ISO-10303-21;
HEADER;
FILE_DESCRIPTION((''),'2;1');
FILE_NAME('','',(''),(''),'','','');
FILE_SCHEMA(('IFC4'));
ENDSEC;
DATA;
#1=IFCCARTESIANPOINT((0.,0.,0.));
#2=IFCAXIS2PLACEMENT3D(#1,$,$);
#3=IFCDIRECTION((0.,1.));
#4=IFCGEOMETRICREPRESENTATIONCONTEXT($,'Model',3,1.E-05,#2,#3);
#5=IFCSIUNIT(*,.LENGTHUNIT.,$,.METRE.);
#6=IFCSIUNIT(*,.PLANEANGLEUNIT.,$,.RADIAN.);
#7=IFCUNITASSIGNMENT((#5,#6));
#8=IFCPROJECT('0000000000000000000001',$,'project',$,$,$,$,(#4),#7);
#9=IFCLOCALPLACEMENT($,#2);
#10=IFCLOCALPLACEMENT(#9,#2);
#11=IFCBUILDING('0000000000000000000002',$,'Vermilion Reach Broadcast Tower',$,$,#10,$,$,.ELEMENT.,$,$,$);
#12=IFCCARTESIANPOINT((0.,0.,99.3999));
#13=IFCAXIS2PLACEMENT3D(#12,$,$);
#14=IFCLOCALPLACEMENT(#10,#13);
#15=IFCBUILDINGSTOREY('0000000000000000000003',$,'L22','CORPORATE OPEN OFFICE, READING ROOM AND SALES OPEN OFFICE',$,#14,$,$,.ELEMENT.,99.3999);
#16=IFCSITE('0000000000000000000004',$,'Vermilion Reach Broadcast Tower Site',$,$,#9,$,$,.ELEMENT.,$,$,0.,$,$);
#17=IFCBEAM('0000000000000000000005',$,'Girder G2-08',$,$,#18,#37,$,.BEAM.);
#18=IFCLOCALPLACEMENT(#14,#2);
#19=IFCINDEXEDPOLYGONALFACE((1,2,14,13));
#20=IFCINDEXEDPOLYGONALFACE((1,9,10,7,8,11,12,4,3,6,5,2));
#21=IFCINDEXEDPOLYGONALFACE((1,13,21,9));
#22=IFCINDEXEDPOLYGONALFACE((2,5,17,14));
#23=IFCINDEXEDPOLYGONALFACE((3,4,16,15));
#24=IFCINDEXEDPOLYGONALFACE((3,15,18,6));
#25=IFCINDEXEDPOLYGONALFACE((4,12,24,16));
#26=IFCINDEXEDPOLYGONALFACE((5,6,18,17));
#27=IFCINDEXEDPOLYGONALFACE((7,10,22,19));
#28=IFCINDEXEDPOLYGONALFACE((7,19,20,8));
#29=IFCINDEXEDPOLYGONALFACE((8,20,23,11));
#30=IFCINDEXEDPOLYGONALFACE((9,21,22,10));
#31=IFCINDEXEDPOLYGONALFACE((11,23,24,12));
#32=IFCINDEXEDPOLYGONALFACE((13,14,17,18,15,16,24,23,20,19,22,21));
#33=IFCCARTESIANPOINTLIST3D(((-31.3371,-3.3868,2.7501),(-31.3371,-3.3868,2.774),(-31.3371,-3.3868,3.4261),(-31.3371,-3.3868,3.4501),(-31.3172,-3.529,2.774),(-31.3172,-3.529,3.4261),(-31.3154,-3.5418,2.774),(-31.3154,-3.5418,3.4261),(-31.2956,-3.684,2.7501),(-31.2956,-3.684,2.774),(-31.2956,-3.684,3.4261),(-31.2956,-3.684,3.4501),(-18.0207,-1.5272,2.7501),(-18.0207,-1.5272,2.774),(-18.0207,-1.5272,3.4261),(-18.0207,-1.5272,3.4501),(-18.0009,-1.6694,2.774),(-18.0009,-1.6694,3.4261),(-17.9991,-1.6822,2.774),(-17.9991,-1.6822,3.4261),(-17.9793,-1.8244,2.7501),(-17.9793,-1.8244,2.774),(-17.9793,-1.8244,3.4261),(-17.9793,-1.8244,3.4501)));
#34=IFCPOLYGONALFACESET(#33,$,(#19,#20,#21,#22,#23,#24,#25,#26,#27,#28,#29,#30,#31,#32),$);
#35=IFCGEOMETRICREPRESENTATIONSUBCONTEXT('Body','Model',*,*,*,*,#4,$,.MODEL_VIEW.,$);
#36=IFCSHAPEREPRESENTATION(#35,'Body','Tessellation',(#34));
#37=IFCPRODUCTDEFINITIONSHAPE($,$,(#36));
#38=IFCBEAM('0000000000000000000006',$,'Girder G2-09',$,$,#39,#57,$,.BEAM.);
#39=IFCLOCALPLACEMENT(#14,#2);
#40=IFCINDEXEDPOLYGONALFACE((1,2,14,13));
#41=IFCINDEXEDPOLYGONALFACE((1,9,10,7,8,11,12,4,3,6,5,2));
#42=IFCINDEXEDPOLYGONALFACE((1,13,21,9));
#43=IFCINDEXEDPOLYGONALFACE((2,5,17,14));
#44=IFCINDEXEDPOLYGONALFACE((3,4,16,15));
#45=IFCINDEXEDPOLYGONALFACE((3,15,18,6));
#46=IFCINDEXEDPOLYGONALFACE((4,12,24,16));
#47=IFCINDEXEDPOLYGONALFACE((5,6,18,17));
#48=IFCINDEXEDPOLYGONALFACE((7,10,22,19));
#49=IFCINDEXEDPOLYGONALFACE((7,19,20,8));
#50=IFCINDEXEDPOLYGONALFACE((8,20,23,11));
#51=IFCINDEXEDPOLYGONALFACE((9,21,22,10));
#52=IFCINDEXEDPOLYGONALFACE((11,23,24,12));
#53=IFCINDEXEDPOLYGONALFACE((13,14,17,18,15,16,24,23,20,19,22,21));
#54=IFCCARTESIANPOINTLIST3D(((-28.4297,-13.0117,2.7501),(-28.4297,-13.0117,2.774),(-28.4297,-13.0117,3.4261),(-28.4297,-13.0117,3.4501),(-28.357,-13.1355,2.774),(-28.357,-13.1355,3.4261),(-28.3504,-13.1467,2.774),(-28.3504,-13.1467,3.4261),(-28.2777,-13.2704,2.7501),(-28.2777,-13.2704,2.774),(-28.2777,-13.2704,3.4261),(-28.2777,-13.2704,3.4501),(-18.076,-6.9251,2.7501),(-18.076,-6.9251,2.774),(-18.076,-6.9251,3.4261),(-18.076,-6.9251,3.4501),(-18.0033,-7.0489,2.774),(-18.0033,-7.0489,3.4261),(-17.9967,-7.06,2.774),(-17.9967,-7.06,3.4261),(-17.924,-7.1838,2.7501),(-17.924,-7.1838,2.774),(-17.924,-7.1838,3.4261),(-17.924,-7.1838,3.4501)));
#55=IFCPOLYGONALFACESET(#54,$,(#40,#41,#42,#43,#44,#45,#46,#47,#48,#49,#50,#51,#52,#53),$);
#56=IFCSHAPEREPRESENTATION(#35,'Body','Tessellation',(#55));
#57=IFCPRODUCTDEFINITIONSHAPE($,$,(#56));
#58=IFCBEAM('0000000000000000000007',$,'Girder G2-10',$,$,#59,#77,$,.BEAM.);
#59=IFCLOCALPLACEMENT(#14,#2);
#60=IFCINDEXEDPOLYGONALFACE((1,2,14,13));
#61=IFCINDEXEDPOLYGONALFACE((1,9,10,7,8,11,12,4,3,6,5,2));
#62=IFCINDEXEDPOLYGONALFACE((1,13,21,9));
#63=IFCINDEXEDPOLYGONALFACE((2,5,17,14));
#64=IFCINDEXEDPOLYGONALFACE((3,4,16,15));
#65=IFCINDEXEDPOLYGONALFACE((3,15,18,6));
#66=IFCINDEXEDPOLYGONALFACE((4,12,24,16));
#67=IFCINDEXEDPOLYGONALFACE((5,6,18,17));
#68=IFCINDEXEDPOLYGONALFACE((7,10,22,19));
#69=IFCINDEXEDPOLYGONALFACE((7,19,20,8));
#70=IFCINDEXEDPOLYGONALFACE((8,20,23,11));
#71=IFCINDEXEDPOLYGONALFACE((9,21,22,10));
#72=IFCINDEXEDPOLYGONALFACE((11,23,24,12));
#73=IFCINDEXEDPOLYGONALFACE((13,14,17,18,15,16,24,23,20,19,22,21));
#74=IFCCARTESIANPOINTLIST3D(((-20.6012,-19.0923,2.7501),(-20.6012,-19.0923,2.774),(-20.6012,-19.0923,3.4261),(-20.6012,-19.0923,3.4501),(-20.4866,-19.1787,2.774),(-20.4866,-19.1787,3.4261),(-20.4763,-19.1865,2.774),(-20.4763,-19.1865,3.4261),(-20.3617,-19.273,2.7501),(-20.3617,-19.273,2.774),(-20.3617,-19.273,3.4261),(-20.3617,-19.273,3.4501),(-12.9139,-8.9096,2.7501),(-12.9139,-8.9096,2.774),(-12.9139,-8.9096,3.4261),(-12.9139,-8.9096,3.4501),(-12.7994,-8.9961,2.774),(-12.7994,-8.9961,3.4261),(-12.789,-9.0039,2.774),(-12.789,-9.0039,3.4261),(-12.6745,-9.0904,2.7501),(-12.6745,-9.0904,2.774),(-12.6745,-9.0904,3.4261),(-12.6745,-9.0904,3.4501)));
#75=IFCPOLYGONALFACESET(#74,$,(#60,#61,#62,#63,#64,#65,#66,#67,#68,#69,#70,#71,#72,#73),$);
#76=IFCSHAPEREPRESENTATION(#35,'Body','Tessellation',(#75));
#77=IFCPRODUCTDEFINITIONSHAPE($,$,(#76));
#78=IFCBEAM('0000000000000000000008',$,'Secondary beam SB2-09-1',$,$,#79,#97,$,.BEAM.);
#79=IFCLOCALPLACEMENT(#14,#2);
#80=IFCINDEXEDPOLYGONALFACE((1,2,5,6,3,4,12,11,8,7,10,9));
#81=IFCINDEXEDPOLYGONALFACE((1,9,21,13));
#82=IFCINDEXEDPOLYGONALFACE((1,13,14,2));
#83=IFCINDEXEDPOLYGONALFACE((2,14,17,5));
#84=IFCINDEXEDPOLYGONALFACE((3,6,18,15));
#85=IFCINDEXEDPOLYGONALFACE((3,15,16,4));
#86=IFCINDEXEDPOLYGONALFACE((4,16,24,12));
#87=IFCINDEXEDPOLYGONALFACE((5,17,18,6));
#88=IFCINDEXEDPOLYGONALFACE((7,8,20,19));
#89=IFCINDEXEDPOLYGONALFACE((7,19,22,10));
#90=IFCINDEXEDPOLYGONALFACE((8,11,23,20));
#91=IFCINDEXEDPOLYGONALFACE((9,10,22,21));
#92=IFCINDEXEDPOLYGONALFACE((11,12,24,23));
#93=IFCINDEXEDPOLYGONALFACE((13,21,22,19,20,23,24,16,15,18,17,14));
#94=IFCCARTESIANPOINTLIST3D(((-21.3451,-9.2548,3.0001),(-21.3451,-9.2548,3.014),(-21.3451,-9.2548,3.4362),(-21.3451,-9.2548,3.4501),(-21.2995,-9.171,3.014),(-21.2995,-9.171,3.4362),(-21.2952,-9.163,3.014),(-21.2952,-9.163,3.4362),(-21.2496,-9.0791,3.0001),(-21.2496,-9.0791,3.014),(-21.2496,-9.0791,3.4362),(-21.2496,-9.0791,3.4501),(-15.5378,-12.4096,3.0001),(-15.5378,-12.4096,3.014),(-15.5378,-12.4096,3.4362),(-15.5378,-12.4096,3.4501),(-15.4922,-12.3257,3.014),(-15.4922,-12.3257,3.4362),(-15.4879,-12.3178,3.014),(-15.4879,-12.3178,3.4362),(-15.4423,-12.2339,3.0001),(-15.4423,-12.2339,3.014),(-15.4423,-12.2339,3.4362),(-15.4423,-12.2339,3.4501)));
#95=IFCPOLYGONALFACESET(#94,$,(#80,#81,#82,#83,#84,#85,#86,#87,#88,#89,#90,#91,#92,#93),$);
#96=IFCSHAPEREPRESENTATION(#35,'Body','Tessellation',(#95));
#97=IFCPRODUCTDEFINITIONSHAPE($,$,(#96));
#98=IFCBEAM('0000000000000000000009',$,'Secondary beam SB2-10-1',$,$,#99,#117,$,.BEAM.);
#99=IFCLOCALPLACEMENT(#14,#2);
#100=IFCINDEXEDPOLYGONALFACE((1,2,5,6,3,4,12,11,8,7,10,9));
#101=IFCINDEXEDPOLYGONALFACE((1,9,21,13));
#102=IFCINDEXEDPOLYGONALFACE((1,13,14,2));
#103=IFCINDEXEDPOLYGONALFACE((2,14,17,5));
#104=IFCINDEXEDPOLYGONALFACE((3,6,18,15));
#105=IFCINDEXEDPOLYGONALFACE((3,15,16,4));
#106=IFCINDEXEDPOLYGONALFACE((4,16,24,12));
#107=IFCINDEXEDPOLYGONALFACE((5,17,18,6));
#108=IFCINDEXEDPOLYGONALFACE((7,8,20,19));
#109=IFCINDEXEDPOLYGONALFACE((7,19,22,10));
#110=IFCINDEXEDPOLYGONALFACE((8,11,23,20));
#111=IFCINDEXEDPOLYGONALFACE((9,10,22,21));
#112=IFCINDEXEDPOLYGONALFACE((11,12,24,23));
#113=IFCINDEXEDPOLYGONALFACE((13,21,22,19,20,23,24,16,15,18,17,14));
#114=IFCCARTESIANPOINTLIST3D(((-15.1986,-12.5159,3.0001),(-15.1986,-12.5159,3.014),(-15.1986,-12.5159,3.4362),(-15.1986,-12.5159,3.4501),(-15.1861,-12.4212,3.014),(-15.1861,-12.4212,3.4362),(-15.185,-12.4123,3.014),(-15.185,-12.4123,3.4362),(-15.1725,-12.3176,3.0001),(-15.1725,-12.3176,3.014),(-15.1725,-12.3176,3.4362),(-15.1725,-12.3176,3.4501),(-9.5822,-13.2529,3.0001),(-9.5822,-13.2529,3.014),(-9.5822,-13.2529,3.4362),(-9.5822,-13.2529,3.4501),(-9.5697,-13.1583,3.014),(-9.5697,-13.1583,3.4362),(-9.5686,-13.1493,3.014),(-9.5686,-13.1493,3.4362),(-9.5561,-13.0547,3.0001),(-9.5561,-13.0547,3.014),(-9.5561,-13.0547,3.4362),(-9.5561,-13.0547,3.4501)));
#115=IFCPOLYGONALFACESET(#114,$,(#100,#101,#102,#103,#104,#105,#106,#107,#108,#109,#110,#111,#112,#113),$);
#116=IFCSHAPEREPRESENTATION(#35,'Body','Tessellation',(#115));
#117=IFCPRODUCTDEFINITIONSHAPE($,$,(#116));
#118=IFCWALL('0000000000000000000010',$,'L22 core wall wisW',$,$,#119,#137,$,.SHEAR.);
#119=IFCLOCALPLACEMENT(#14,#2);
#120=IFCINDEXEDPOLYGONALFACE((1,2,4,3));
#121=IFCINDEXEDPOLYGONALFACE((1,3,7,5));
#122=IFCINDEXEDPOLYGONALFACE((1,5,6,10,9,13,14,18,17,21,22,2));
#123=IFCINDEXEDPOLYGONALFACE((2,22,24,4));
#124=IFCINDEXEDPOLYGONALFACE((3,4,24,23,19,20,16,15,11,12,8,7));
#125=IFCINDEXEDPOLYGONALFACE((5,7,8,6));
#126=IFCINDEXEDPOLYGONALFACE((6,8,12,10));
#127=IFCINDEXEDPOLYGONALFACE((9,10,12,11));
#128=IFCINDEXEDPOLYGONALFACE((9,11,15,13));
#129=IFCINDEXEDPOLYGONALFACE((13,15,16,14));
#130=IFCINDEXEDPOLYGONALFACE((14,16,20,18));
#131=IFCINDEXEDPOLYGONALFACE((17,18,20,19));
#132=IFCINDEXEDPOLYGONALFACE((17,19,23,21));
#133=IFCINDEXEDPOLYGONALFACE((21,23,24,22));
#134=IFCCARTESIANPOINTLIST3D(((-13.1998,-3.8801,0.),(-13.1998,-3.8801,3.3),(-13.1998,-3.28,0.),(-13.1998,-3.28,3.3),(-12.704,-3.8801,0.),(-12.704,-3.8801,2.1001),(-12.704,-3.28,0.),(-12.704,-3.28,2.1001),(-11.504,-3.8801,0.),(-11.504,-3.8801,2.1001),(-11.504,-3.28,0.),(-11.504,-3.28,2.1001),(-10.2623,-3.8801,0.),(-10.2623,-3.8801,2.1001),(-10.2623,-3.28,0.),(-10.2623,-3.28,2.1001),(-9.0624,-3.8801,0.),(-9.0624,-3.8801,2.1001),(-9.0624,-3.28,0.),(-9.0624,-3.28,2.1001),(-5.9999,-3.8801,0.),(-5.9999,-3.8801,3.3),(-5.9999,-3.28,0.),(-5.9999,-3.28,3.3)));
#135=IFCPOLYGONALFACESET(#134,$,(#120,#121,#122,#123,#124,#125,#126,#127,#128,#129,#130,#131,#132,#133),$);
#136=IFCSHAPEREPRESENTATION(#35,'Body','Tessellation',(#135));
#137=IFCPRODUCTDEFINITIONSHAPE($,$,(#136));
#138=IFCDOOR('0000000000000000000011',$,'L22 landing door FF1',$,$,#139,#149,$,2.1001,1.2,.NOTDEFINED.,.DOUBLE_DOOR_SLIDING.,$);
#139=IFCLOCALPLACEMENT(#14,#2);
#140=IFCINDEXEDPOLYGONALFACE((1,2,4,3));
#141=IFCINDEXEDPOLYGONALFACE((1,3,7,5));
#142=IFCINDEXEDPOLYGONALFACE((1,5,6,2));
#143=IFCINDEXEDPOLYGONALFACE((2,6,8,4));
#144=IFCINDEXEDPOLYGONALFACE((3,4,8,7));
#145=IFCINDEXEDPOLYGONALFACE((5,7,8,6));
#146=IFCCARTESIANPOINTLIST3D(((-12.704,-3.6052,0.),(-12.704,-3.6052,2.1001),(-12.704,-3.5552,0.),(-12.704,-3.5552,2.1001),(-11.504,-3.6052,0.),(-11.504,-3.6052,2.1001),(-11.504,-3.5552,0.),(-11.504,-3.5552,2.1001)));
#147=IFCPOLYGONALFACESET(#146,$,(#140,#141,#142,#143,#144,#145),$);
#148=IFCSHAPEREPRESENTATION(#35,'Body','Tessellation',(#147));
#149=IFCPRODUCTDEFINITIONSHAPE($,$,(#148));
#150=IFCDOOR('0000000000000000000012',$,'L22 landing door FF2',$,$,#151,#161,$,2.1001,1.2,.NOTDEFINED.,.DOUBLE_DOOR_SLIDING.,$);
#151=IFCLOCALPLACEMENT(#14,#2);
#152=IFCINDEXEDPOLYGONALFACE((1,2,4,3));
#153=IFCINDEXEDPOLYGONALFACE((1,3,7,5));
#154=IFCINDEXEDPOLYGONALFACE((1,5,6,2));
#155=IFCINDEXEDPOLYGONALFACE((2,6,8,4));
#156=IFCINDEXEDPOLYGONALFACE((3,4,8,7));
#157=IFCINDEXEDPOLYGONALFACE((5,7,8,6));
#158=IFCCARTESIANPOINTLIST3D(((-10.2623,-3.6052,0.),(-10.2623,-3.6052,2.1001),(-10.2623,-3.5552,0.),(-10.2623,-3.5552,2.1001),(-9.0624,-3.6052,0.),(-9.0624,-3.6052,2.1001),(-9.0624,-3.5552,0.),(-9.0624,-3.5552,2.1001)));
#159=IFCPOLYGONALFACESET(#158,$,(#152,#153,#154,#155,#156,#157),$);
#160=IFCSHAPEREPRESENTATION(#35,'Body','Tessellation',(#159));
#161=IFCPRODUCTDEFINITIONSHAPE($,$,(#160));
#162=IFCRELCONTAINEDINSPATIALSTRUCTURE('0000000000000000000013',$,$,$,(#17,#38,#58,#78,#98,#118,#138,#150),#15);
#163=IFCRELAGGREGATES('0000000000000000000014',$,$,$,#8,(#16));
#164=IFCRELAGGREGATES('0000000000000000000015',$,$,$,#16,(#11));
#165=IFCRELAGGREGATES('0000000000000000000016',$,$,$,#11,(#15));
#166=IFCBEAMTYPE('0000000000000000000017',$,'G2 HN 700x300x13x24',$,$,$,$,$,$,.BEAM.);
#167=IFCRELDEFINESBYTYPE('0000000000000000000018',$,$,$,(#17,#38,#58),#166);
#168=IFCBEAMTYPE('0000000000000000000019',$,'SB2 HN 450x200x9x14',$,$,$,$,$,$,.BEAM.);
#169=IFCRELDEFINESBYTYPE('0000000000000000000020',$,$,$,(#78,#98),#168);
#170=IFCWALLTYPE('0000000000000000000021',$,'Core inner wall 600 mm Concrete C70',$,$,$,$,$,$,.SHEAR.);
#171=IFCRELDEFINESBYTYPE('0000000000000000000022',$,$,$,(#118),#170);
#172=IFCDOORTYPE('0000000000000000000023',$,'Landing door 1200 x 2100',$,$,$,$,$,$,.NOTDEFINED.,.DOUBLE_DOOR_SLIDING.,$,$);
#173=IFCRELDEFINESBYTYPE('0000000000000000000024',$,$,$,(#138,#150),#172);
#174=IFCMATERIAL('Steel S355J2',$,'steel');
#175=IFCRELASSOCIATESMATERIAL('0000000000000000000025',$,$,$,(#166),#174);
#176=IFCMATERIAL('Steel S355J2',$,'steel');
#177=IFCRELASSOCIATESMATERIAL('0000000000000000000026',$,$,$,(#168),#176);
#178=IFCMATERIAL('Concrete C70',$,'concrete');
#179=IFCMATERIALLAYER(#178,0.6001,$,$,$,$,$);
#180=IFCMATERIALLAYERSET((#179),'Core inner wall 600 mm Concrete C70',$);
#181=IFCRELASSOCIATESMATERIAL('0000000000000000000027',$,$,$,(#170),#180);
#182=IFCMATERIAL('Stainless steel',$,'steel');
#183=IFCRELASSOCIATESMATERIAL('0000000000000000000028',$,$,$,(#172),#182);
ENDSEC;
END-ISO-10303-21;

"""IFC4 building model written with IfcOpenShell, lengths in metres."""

from ifc_helpers import new_model, si_unit, direction, frame, frame_2d, origin, origin_2d, place, context, subcontext, project, spatial, rectangle, i_section, extrude, material, layer, layer_set, material_profile, profile_set, type_object, element, fill, save


model = new_model("IFC4")

# Units and contexts
model_context = context("Model", 3, precision=1e-05, world=origin(), true_north=direction((0.0, 1.0)))
body_context = subcontext(model_context, "Body", "Model", "MODEL_VIEW")
ifc_project = project(units=[si_unit("LENGTHUNIT", "METRE"), si_unit("PLANEANGLEUNIT", "RADIAN")], contexts=[model_context])

# Site, building, storey
site_placement = place(None, origin())
site = spatial("IfcSite", under=ifc_project, at=site_placement, Name="Vermilion Reach Broadcast Tower Site", CompositionType="ELEMENT", RefElevation=0.0)
building_placement = place(site_placement, origin())
building = spatial("IfcBuilding", under=site, at=building_placement, Name="Vermilion Reach Broadcast Tower", CompositionType="ELEMENT")
storey_placement = place(building_placement, frame((0.0, 0.0, 99.3999)))
storey = spatial("IfcBuildingStorey", under=building, at=storey_placement, Name="L22", Description="CORPORATE OPEN OFFICE, READING ROOM AND SALES OPEN OFFICE", CompositionType="ELEMENT", Elevation=99.3999)

# Beams
ifc_material_1 = material(Name="Steel S355J2", Category="steel")
ifc_material_profile_1 = material_profile(ifc_material_1, i_section(OverallWidth=0.3, OverallDepth=0.7, WebThickness=0.0129, FlangeThickness=0.0239, at=origin_2d()), Name="S355J2 HN 700x300x13x24")
ifc_profile_set_1 = profile_set([ifc_material_profile_1], Name="Steel S355J2")
beam_type_1 = type_object("IfcBeamType", Name="G2 HN 700x300x13x24", PredefinedType="BEAM", material=ifc_profile_set_1)
beam_1_placement = place(storey_placement, frame((-18.0, -1.6758, 3.1001), z_axis=(-0.990389, -0.138307, 0.0), x_axis=(0.138307, -0.990389, 0.0)))
element("IfcBeam", 1, at=beam_1_placement, inside=storey, type_object=beam_type_1, Name="Girder G2-08", PredefinedType="BEAM", context=body_context, shape_type="SweptSolid", body=[
    extrude(i_section(OverallWidth=0.3, OverallDepth=0.7, WebThickness=0.0129, FlangeThickness=0.0239, at=origin_2d()), origin(), (0.0, 0.0, 1.0), 13.4456),
])
beam_2_placement = place(storey_placement, frame((-18.0, -7.0544, 3.1001), z_axis=(-0.862072, -0.506786, 0.0), x_axis=(0.506786, -0.862072, 0.0)))
element("IfcBeam", 2, at=beam_2_placement, inside=storey, type_object=beam_type_1, Name="Girder G2-09", PredefinedType="BEAM", context=body_context, shape_type="SweptSolid", body=[
    extrude(i_section(OverallWidth=0.3, OverallDepth=0.7, WebThickness=0.0129, FlangeThickness=0.0239, at=origin_2d()), origin(), (0.0, 0.0, 1.0), 12.0103),
])
beam_3_placement = place(storey_placement, frame((-12.7942, -9.0, 3.1001), z_axis=(-0.60252, -0.798104, 0.0), x_axis=(0.798104, -0.60252, 0.0)))
element("IfcBeam", 3, at=beam_3_placement, inside=storey, type_object=beam_type_1, Name="Girder G2-10", PredefinedType="BEAM", context=body_context, shape_type="SweptSolid", body=[
    extrude(i_section(OverallWidth=0.3, OverallDepth=0.7, WebThickness=0.0129, FlangeThickness=0.0239, at=origin_2d()), origin(), (0.0, 0.0, 1.0), 12.7585),
])
ifc_material_2 = material(Name="Steel S355J2", Category="steel")
ifc_material_profile_2 = material_profile(ifc_material_2, i_section(OverallWidth=0.2, OverallDepth=0.45, WebThickness=0.009, FlangeThickness=0.0139, at=origin_2d()), Name="S355J2 HN 450x200x9x14")
ifc_profile_set_2 = profile_set([ifc_material_profile_2], Name="Steel S355J2")
beam_type_2 = type_object("IfcBeamType", Name="SB2 HN 450x200x9x14", PredefinedType="BEAM", material=ifc_profile_set_2)
beam_4_placement = place(storey_placement, frame((-21.2974, -9.167, 3.2251), z_axis=(0.878713, -0.47735, 0.0), x_axis=(0.47735, 0.878713, 0.0)))
element("IfcBeam", 4, at=beam_4_placement, inside=storey, type_object=beam_type_2, Name="Secondary beam SB2-09-1", PredefinedType="BEAM", context=body_context, shape_type="SweptSolid", body=[
    extrude(i_section(OverallWidth=0.2, OverallDepth=0.45, WebThickness=0.009, FlangeThickness=0.0139, at=origin_2d()), origin(), (0.0, 0.0, 1.0), 6.6089),
])
beam_5_placement = place(storey_placement, frame((-15.1855, -12.4167, 3.2251), z_axis=(0.991499, -0.130117, 0.0), x_axis=(0.130117, 0.991499, 0.0)))
element("IfcBeam", 5, at=beam_5_placement, inside=storey, type_object=beam_type_2, Name="Secondary beam SB2-10-1", PredefinedType="BEAM", context=body_context, shape_type="SweptSolid", body=[
    extrude(i_section(OverallWidth=0.2, OverallDepth=0.45, WebThickness=0.009, FlangeThickness=0.0139, at=origin_2d()), origin(), (0.0, 0.0, 1.0), 5.6646),
])

# Wall, openings, doors
ifc_material_3 = material(Name="Concrete C70", Category="concrete")
ifc_layer_1 = layer(ifc_material_3, 0.6001)
ifc_layer_set_1 = layer_set([ifc_layer_1], Name="Core inner wall 600 mm Concrete C70")
wall_type_1 = type_object("IfcWallType", Name="Core inner wall 600 mm Concrete C70", PredefinedType="SHEAR", material=ifc_layer_set_1)
wall_1_placement = place(storey_placement, frame((-13.2, -3.5801, 0.0), z_axis=(0.0, 0.0, 1.0), x_axis=(1.0, 0.0, 0.0)))
wall_1 = element("IfcWall", 6, at=wall_1_placement, inside=storey, type_object=wall_type_1, Name="L22 core wall wisW", PredefinedType="SHEAR", context=body_context, shape_type="SweptSolid", body=[
    extrude(rectangle(XDim=7.2, YDim=0.6001, at=frame_2d((3.6001, 0.0))), origin(), (0.0, 0.0, 1.0), 3.3),
])
opening_1_placement = place(wall_1_placement, frame((0.4958, 0.0, 0.0)))
opening_1 = element("IfcOpeningElement", 7, at=opening_1_placement, cuts=wall_1, PredefinedType="OPENING", context=body_context, shape_type="SweptSolid", body=[
    extrude(rectangle(XDim=1.2, YDim=2.1001, at=frame_2d((0.6001, 1.05))), frame((0.0, 0.3101, 0.0), z_axis=(0.0, -1.0, 0.0), x_axis=(1.0, 0.0, 0.0)), (0.0, 0.0, 1.0), 0.6201),
])
opening_2_placement = place(wall_1_placement, frame((2.9375, 0.0, 0.0)))
opening_2 = element("IfcOpeningElement", 8, at=opening_2_placement, cuts=wall_1, PredefinedType="OPENING", context=body_context, shape_type="SweptSolid", body=[
    extrude(rectangle(XDim=1.2, YDim=2.1001, at=frame_2d((0.6001, 1.05))), frame((0.0, 0.3101, 0.0), z_axis=(0.0, -1.0, 0.0), x_axis=(1.0, 0.0, 0.0)), (0.0, 0.0, 1.0), 0.6201),
])
ifc_material_4 = material(Name="Stainless steel", Category="steel")
door_type_1 = type_object("IfcDoorType", Name="Landing door 1200 x 2100", OperationType="DOUBLE_DOOR_SLIDING", PredefinedType="NOTDEFINED", material=ifc_material_4)
door_1_placement = place(opening_1_placement, origin())
door_1 = element("IfcDoor", 9, at=door_1_placement, inside=storey, type_object=door_type_1, Name="L22 landing door FF1", OperationType="DOUBLE_DOOR_SLIDING", OverallHeight=2.1001, OverallWidth=1.2, PredefinedType="NOTDEFINED", context=body_context, shape_type="SweptSolid", body=[
    extrude(rectangle(XDim=1.2, YDim=2.1001, at=frame_2d((0.6001, 1.05))), frame((0.0, 0.0249, 0.0), z_axis=(0.0, -1.0, 0.0), x_axis=(1.0, 0.0, 0.0)), (0.0, 0.0, 1.0), 0.05),
])
fill(opening_1, door_1)
door_2_placement = place(opening_2_placement, origin())
door_2 = element("IfcDoor", 10, at=door_2_placement, inside=storey, type_object=door_type_1, Name="L22 landing door FF2", OperationType="DOUBLE_DOOR_SLIDING", OverallHeight=2.1001, OverallWidth=1.2, PredefinedType="NOTDEFINED", context=body_context, shape_type="SweptSolid", body=[
    extrude(rectangle(XDim=1.2, YDim=2.1001, at=frame_2d((0.6001, 1.05))), frame((0.0, 0.0249, 0.0), z_axis=(0.0, -1.0, 0.0), x_axis=(1.0, 0.0, 0.0)), (0.0, 0.0, 1.0), 0.05),
])
fill(opening_2, door_2)

save(model, "model.ifc")
